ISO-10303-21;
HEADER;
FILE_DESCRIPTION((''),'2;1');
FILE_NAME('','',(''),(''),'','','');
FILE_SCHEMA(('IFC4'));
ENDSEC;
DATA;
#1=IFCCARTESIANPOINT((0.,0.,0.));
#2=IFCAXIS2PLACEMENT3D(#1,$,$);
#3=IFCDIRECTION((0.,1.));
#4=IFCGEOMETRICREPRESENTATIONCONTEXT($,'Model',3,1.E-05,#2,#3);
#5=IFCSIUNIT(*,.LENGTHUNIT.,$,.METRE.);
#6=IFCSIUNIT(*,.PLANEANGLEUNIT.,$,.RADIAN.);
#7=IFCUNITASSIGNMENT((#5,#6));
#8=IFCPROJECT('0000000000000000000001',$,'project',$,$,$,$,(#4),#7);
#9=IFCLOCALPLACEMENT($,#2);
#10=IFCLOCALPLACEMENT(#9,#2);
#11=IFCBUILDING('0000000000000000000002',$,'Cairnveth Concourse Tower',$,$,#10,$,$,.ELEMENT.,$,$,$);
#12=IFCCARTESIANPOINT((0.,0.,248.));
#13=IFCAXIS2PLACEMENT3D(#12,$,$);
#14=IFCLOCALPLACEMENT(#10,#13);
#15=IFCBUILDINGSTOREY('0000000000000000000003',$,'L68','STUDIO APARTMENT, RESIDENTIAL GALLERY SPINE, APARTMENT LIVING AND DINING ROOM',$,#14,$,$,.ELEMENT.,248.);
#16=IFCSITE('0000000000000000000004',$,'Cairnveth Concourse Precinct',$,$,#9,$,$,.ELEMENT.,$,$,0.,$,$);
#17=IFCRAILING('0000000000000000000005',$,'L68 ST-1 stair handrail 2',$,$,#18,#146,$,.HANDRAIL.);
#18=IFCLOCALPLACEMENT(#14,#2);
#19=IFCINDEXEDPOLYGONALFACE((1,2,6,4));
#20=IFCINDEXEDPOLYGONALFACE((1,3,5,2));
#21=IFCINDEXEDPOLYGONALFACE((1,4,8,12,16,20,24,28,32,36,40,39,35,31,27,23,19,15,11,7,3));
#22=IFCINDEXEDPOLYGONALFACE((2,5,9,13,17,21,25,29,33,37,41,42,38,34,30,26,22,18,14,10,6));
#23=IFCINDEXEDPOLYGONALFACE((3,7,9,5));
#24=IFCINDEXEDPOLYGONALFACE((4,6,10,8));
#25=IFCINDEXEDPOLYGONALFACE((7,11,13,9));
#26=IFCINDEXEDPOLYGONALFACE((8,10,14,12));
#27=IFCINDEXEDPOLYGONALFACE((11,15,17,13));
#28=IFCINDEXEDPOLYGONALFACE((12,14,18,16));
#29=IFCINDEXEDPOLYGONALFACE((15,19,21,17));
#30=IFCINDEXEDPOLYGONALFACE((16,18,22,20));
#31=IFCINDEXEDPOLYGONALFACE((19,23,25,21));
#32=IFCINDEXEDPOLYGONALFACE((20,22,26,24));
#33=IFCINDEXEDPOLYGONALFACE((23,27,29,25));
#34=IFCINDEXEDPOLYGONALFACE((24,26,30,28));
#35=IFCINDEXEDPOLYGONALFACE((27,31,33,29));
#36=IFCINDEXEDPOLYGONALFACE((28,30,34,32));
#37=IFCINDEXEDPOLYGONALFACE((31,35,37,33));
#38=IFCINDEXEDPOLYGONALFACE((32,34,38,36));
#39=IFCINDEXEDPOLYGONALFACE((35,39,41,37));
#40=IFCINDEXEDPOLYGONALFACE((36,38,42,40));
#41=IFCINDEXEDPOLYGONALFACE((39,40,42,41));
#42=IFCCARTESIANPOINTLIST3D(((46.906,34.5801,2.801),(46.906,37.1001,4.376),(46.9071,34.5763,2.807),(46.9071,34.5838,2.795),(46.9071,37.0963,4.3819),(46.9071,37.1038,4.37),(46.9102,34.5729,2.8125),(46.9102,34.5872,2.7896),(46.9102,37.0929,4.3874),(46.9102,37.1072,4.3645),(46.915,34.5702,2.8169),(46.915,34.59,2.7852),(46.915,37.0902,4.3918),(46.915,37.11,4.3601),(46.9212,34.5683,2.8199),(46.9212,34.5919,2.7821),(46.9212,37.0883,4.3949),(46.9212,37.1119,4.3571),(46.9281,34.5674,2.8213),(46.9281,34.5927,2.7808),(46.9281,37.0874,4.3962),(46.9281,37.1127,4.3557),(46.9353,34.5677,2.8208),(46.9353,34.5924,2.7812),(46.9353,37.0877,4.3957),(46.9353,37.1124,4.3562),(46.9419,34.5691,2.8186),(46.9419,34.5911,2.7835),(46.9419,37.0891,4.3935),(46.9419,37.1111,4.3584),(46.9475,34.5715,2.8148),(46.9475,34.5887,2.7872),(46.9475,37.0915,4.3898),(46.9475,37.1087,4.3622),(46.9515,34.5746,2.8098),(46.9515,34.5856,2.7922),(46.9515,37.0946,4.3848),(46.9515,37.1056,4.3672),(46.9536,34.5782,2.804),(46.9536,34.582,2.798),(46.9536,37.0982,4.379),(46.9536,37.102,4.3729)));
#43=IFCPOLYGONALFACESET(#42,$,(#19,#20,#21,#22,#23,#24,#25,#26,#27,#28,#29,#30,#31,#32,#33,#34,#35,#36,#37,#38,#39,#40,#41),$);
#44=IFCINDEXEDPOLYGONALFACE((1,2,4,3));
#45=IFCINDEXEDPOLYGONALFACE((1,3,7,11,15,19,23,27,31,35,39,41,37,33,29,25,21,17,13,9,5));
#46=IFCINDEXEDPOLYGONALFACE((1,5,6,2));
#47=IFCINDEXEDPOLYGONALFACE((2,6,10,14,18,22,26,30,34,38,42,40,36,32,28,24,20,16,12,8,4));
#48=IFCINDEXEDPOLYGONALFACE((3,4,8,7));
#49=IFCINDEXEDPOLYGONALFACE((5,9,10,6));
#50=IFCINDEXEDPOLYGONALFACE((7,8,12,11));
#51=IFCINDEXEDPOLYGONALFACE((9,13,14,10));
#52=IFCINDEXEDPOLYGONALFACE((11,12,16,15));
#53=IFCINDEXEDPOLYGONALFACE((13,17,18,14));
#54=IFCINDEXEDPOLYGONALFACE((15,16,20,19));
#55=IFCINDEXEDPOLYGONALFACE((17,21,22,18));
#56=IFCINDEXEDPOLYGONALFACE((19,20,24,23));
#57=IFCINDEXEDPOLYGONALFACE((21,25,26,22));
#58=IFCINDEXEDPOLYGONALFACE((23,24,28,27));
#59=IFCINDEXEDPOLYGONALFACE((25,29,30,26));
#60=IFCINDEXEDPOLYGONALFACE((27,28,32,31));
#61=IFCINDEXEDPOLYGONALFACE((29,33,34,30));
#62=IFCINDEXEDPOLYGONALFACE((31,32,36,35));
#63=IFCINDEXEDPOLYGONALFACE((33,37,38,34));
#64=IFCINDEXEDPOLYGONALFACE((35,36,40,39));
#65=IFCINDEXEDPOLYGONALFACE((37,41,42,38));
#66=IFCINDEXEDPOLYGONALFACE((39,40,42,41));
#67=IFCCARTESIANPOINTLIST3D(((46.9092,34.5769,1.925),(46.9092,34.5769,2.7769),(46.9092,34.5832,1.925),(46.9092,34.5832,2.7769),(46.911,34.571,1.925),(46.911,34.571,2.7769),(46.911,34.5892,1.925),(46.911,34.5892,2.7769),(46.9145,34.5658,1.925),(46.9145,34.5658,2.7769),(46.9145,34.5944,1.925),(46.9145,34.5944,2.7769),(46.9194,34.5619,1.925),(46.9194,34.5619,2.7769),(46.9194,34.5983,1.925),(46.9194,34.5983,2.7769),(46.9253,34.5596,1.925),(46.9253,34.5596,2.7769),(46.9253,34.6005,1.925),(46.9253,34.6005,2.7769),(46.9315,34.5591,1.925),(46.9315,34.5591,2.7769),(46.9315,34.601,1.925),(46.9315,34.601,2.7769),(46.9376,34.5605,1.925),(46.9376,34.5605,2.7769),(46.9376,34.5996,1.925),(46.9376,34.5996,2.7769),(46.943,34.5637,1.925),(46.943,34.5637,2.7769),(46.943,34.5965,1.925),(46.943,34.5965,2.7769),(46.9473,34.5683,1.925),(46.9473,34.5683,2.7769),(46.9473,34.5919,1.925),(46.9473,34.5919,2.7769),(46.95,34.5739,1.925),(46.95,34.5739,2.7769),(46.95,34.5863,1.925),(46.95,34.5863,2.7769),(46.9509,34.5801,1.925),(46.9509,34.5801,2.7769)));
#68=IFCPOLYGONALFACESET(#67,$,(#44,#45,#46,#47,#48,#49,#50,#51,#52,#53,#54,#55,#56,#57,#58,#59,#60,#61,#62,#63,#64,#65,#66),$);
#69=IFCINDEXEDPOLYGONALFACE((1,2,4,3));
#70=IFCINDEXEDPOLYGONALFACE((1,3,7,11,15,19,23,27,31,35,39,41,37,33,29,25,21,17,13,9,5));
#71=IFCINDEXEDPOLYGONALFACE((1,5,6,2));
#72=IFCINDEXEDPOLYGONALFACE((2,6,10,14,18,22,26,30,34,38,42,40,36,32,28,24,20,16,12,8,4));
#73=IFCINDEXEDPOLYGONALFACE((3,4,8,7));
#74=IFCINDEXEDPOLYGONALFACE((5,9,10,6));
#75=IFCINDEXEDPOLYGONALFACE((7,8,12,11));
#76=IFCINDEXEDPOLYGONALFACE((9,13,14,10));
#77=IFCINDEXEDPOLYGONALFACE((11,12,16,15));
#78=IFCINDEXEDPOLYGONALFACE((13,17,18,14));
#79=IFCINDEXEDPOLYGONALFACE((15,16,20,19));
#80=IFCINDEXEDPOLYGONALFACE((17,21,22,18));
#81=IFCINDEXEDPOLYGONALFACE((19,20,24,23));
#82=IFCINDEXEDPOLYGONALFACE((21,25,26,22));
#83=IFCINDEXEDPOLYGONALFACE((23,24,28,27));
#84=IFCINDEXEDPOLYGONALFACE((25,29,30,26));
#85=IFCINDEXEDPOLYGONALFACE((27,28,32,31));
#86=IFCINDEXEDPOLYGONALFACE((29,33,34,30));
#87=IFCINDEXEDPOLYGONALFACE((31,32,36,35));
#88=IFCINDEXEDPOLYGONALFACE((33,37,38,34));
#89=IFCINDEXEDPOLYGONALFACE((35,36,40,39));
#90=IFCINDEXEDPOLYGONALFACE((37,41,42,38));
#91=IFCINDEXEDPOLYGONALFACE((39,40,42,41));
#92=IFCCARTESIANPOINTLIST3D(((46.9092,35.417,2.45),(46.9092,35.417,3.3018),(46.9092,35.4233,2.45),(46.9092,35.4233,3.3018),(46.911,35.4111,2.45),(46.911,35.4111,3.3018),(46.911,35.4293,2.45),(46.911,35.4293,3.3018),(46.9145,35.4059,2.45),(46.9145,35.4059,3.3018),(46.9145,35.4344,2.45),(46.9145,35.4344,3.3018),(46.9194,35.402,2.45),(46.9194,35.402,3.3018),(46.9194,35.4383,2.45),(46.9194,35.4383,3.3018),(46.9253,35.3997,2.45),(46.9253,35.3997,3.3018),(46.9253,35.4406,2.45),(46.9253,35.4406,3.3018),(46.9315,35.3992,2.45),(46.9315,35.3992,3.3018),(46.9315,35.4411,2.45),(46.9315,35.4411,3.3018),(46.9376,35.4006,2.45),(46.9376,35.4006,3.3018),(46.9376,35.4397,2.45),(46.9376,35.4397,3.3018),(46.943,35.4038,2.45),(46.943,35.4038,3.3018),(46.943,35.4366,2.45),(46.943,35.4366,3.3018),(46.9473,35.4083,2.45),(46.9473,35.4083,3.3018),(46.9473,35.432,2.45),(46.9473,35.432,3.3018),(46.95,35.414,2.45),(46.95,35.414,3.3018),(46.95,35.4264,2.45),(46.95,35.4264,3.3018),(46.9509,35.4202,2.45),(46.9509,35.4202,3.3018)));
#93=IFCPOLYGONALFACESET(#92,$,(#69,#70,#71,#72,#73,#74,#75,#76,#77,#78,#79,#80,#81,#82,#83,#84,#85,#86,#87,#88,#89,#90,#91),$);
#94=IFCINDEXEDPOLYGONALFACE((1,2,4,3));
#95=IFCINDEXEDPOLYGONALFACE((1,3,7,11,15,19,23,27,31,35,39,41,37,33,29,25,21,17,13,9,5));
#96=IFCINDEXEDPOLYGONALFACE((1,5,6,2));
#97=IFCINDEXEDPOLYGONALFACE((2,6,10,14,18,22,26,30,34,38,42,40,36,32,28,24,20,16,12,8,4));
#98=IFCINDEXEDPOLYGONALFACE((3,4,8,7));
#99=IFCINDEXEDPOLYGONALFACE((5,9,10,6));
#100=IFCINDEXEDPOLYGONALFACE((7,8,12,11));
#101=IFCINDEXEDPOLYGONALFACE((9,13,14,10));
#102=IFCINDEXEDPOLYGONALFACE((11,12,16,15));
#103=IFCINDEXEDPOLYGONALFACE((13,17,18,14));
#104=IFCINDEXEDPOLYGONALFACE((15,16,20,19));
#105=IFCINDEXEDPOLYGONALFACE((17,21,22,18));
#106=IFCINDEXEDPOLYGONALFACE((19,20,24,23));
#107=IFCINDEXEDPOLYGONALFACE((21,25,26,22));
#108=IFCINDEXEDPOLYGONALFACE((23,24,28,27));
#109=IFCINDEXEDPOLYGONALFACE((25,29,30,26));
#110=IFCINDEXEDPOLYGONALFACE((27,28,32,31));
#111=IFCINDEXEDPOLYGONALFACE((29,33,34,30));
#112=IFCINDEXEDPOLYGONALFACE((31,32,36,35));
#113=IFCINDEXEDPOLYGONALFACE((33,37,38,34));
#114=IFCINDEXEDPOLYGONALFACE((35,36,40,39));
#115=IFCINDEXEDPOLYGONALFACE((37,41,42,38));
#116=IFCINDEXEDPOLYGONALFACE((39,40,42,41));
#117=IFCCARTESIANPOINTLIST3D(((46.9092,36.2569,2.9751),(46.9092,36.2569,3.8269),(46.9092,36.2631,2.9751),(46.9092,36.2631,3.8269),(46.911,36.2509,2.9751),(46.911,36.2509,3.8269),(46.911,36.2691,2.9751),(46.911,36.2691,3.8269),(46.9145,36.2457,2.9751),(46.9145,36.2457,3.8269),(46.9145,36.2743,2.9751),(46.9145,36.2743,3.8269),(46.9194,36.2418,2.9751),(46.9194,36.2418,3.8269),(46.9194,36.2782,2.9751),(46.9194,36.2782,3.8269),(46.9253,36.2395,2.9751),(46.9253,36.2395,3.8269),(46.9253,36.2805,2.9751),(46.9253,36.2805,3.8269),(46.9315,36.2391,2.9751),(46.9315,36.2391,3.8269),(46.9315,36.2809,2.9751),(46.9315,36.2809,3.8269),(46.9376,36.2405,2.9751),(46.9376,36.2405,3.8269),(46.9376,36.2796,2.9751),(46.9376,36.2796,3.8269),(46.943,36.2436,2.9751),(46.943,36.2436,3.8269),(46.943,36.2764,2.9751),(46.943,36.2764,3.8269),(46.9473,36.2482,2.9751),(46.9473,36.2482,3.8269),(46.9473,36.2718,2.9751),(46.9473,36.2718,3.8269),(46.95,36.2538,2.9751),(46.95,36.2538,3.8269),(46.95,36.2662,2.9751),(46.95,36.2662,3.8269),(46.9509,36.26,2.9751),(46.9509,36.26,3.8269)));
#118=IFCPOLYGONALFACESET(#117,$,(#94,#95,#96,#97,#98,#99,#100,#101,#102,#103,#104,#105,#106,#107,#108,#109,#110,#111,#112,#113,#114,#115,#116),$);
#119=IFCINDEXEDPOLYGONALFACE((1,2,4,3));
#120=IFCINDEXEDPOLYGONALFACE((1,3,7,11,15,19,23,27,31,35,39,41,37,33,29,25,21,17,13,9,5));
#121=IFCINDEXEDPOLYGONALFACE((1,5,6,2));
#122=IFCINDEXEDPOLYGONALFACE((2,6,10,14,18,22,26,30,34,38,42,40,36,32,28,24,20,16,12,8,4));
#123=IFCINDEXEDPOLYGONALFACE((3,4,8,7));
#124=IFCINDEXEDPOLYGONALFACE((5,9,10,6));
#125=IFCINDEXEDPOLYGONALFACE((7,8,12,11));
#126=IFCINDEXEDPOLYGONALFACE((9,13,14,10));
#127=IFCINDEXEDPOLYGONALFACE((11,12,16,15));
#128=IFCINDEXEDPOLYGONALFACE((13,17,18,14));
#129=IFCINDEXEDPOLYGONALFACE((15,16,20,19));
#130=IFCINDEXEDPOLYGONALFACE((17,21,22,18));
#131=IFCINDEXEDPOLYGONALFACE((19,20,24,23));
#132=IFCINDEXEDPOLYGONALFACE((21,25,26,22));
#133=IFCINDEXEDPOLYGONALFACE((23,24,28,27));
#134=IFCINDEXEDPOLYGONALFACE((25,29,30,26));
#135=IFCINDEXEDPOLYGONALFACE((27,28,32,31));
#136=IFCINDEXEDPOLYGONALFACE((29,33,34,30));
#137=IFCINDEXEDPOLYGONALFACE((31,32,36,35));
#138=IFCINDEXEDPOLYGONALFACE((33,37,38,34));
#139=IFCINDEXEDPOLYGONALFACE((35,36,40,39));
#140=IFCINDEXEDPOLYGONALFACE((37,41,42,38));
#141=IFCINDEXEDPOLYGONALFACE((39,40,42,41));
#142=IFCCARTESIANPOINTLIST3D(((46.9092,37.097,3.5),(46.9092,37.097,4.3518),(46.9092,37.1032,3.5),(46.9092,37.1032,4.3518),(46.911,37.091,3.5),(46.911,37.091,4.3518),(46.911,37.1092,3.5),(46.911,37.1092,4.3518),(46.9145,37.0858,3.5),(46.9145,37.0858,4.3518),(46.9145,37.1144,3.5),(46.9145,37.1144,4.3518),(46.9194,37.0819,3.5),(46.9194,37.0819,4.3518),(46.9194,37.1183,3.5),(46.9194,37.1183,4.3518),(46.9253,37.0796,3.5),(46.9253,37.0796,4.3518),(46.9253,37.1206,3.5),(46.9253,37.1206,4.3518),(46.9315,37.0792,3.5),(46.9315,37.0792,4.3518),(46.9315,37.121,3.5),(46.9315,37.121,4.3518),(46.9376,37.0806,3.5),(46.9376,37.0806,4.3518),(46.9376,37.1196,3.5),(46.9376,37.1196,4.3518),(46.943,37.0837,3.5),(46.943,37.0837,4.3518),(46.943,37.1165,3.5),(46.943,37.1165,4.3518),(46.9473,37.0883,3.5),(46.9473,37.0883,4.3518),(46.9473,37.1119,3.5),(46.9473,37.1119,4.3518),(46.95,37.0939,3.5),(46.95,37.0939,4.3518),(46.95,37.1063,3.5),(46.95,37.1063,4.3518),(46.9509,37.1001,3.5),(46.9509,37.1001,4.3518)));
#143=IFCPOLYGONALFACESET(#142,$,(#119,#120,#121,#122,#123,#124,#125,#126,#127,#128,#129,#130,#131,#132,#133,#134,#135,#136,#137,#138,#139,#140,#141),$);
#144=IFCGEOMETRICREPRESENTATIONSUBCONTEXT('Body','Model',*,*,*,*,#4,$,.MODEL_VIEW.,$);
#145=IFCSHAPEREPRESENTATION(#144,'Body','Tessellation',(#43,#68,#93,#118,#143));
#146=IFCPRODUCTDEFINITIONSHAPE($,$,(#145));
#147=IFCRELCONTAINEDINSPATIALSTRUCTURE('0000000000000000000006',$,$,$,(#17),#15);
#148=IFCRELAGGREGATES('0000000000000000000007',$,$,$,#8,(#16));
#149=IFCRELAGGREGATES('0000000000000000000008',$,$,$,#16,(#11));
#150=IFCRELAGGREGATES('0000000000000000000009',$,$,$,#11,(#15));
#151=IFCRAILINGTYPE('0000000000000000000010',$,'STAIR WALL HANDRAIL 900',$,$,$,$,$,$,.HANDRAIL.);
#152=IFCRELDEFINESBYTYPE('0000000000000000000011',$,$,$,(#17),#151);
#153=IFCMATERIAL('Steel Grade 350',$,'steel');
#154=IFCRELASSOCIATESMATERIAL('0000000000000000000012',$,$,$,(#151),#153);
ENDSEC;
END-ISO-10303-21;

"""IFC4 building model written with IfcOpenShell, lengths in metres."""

from ifc_helpers import new_model, si_unit, direction, frame, origin, origin_2d, place, context, subcontext, project, spatial, circle, extrude, material, type_object, element, save


model = new_model("IFC4")

# Units and contexts
model_context = context("Model", 3, precision=1e-05, world=origin(), true_north=direction((0.0, 1.0)))
body_context = subcontext(model_context, "Body", "Model", "MODEL_VIEW")
ifc_project = project(units=[si_unit("LENGTHUNIT", "METRE"), si_unit("PLANEANGLEUNIT", "RADIAN")], contexts=[model_context])

# Site, building, storey
site_placement = place(None, origin())
site = spatial("IfcSite", under=ifc_project, at=site_placement, Name="Cairnveth Concourse Precinct", CompositionType="ELEMENT", RefElevation=0.0)
building_placement = place(site_placement, origin())
building = spatial("IfcBuilding", under=site, at=building_placement, Name="Cairnveth Concourse Tower", CompositionType="ELEMENT")
storey_placement = place(building_placement, frame((0.0, 0.0, 248.0)))
storey = spatial("IfcBuildingStorey", under=building, at=storey_placement, Name="L68", Description="STUDIO APARTMENT, RESIDENTIAL GALLERY SPINE, APARTMENT LIVING AND DINING ROOM", CompositionType="ELEMENT", Elevation=248.0)

# Railing
ifc_material_1 = material(Name="Steel Grade 350", Category="steel")
railing_type_1 = type_object("IfcRailingType", Name="STAIR WALL HANDRAIL 900", PredefinedType="HANDRAIL", material=ifc_material_1)
railing_1_placement = place(storey_placement, frame((46.9299, 34.5801, 1.925)))
element("IfcRailing", 1, at=railing_1_placement, inside=storey, type_object=railing_type_1, Name="L68 ST-1 stair handrail 2", PredefinedType="HANDRAIL", context=body_context, shape_type="SweptSolid", body=[
    extrude(circle(Radius=0.0239, at=origin_2d()), frame((0.0, 0.0, 0.876), z_axis=(0.0, 0.848008, 0.529984), x_axis=(-1.0, 0.0, 0.0)), (0.0, 0.0, 1.0), 2.9717),
    extrude(circle(Radius=0.021, at=origin_2d()), origin(), (0.0, 0.0, 1.0), 0.8518),
    extrude(circle(Radius=0.021, at=origin_2d()), frame((0.0, 0.8401, 0.5249)), (0.0, 0.0, 1.0), 0.8518),
    extrude(circle(Radius=0.021, at=origin_2d()), frame((0.0, 1.6799, 1.05)), (0.0, 0.0, 1.0), 0.8518),
    extrude(circle(Radius=0.021, at=origin_2d()), frame((0.0, 2.52, 1.575)), (0.0, 0.0, 1.0), 0.8518),
])

save(model, "model.ifc")
